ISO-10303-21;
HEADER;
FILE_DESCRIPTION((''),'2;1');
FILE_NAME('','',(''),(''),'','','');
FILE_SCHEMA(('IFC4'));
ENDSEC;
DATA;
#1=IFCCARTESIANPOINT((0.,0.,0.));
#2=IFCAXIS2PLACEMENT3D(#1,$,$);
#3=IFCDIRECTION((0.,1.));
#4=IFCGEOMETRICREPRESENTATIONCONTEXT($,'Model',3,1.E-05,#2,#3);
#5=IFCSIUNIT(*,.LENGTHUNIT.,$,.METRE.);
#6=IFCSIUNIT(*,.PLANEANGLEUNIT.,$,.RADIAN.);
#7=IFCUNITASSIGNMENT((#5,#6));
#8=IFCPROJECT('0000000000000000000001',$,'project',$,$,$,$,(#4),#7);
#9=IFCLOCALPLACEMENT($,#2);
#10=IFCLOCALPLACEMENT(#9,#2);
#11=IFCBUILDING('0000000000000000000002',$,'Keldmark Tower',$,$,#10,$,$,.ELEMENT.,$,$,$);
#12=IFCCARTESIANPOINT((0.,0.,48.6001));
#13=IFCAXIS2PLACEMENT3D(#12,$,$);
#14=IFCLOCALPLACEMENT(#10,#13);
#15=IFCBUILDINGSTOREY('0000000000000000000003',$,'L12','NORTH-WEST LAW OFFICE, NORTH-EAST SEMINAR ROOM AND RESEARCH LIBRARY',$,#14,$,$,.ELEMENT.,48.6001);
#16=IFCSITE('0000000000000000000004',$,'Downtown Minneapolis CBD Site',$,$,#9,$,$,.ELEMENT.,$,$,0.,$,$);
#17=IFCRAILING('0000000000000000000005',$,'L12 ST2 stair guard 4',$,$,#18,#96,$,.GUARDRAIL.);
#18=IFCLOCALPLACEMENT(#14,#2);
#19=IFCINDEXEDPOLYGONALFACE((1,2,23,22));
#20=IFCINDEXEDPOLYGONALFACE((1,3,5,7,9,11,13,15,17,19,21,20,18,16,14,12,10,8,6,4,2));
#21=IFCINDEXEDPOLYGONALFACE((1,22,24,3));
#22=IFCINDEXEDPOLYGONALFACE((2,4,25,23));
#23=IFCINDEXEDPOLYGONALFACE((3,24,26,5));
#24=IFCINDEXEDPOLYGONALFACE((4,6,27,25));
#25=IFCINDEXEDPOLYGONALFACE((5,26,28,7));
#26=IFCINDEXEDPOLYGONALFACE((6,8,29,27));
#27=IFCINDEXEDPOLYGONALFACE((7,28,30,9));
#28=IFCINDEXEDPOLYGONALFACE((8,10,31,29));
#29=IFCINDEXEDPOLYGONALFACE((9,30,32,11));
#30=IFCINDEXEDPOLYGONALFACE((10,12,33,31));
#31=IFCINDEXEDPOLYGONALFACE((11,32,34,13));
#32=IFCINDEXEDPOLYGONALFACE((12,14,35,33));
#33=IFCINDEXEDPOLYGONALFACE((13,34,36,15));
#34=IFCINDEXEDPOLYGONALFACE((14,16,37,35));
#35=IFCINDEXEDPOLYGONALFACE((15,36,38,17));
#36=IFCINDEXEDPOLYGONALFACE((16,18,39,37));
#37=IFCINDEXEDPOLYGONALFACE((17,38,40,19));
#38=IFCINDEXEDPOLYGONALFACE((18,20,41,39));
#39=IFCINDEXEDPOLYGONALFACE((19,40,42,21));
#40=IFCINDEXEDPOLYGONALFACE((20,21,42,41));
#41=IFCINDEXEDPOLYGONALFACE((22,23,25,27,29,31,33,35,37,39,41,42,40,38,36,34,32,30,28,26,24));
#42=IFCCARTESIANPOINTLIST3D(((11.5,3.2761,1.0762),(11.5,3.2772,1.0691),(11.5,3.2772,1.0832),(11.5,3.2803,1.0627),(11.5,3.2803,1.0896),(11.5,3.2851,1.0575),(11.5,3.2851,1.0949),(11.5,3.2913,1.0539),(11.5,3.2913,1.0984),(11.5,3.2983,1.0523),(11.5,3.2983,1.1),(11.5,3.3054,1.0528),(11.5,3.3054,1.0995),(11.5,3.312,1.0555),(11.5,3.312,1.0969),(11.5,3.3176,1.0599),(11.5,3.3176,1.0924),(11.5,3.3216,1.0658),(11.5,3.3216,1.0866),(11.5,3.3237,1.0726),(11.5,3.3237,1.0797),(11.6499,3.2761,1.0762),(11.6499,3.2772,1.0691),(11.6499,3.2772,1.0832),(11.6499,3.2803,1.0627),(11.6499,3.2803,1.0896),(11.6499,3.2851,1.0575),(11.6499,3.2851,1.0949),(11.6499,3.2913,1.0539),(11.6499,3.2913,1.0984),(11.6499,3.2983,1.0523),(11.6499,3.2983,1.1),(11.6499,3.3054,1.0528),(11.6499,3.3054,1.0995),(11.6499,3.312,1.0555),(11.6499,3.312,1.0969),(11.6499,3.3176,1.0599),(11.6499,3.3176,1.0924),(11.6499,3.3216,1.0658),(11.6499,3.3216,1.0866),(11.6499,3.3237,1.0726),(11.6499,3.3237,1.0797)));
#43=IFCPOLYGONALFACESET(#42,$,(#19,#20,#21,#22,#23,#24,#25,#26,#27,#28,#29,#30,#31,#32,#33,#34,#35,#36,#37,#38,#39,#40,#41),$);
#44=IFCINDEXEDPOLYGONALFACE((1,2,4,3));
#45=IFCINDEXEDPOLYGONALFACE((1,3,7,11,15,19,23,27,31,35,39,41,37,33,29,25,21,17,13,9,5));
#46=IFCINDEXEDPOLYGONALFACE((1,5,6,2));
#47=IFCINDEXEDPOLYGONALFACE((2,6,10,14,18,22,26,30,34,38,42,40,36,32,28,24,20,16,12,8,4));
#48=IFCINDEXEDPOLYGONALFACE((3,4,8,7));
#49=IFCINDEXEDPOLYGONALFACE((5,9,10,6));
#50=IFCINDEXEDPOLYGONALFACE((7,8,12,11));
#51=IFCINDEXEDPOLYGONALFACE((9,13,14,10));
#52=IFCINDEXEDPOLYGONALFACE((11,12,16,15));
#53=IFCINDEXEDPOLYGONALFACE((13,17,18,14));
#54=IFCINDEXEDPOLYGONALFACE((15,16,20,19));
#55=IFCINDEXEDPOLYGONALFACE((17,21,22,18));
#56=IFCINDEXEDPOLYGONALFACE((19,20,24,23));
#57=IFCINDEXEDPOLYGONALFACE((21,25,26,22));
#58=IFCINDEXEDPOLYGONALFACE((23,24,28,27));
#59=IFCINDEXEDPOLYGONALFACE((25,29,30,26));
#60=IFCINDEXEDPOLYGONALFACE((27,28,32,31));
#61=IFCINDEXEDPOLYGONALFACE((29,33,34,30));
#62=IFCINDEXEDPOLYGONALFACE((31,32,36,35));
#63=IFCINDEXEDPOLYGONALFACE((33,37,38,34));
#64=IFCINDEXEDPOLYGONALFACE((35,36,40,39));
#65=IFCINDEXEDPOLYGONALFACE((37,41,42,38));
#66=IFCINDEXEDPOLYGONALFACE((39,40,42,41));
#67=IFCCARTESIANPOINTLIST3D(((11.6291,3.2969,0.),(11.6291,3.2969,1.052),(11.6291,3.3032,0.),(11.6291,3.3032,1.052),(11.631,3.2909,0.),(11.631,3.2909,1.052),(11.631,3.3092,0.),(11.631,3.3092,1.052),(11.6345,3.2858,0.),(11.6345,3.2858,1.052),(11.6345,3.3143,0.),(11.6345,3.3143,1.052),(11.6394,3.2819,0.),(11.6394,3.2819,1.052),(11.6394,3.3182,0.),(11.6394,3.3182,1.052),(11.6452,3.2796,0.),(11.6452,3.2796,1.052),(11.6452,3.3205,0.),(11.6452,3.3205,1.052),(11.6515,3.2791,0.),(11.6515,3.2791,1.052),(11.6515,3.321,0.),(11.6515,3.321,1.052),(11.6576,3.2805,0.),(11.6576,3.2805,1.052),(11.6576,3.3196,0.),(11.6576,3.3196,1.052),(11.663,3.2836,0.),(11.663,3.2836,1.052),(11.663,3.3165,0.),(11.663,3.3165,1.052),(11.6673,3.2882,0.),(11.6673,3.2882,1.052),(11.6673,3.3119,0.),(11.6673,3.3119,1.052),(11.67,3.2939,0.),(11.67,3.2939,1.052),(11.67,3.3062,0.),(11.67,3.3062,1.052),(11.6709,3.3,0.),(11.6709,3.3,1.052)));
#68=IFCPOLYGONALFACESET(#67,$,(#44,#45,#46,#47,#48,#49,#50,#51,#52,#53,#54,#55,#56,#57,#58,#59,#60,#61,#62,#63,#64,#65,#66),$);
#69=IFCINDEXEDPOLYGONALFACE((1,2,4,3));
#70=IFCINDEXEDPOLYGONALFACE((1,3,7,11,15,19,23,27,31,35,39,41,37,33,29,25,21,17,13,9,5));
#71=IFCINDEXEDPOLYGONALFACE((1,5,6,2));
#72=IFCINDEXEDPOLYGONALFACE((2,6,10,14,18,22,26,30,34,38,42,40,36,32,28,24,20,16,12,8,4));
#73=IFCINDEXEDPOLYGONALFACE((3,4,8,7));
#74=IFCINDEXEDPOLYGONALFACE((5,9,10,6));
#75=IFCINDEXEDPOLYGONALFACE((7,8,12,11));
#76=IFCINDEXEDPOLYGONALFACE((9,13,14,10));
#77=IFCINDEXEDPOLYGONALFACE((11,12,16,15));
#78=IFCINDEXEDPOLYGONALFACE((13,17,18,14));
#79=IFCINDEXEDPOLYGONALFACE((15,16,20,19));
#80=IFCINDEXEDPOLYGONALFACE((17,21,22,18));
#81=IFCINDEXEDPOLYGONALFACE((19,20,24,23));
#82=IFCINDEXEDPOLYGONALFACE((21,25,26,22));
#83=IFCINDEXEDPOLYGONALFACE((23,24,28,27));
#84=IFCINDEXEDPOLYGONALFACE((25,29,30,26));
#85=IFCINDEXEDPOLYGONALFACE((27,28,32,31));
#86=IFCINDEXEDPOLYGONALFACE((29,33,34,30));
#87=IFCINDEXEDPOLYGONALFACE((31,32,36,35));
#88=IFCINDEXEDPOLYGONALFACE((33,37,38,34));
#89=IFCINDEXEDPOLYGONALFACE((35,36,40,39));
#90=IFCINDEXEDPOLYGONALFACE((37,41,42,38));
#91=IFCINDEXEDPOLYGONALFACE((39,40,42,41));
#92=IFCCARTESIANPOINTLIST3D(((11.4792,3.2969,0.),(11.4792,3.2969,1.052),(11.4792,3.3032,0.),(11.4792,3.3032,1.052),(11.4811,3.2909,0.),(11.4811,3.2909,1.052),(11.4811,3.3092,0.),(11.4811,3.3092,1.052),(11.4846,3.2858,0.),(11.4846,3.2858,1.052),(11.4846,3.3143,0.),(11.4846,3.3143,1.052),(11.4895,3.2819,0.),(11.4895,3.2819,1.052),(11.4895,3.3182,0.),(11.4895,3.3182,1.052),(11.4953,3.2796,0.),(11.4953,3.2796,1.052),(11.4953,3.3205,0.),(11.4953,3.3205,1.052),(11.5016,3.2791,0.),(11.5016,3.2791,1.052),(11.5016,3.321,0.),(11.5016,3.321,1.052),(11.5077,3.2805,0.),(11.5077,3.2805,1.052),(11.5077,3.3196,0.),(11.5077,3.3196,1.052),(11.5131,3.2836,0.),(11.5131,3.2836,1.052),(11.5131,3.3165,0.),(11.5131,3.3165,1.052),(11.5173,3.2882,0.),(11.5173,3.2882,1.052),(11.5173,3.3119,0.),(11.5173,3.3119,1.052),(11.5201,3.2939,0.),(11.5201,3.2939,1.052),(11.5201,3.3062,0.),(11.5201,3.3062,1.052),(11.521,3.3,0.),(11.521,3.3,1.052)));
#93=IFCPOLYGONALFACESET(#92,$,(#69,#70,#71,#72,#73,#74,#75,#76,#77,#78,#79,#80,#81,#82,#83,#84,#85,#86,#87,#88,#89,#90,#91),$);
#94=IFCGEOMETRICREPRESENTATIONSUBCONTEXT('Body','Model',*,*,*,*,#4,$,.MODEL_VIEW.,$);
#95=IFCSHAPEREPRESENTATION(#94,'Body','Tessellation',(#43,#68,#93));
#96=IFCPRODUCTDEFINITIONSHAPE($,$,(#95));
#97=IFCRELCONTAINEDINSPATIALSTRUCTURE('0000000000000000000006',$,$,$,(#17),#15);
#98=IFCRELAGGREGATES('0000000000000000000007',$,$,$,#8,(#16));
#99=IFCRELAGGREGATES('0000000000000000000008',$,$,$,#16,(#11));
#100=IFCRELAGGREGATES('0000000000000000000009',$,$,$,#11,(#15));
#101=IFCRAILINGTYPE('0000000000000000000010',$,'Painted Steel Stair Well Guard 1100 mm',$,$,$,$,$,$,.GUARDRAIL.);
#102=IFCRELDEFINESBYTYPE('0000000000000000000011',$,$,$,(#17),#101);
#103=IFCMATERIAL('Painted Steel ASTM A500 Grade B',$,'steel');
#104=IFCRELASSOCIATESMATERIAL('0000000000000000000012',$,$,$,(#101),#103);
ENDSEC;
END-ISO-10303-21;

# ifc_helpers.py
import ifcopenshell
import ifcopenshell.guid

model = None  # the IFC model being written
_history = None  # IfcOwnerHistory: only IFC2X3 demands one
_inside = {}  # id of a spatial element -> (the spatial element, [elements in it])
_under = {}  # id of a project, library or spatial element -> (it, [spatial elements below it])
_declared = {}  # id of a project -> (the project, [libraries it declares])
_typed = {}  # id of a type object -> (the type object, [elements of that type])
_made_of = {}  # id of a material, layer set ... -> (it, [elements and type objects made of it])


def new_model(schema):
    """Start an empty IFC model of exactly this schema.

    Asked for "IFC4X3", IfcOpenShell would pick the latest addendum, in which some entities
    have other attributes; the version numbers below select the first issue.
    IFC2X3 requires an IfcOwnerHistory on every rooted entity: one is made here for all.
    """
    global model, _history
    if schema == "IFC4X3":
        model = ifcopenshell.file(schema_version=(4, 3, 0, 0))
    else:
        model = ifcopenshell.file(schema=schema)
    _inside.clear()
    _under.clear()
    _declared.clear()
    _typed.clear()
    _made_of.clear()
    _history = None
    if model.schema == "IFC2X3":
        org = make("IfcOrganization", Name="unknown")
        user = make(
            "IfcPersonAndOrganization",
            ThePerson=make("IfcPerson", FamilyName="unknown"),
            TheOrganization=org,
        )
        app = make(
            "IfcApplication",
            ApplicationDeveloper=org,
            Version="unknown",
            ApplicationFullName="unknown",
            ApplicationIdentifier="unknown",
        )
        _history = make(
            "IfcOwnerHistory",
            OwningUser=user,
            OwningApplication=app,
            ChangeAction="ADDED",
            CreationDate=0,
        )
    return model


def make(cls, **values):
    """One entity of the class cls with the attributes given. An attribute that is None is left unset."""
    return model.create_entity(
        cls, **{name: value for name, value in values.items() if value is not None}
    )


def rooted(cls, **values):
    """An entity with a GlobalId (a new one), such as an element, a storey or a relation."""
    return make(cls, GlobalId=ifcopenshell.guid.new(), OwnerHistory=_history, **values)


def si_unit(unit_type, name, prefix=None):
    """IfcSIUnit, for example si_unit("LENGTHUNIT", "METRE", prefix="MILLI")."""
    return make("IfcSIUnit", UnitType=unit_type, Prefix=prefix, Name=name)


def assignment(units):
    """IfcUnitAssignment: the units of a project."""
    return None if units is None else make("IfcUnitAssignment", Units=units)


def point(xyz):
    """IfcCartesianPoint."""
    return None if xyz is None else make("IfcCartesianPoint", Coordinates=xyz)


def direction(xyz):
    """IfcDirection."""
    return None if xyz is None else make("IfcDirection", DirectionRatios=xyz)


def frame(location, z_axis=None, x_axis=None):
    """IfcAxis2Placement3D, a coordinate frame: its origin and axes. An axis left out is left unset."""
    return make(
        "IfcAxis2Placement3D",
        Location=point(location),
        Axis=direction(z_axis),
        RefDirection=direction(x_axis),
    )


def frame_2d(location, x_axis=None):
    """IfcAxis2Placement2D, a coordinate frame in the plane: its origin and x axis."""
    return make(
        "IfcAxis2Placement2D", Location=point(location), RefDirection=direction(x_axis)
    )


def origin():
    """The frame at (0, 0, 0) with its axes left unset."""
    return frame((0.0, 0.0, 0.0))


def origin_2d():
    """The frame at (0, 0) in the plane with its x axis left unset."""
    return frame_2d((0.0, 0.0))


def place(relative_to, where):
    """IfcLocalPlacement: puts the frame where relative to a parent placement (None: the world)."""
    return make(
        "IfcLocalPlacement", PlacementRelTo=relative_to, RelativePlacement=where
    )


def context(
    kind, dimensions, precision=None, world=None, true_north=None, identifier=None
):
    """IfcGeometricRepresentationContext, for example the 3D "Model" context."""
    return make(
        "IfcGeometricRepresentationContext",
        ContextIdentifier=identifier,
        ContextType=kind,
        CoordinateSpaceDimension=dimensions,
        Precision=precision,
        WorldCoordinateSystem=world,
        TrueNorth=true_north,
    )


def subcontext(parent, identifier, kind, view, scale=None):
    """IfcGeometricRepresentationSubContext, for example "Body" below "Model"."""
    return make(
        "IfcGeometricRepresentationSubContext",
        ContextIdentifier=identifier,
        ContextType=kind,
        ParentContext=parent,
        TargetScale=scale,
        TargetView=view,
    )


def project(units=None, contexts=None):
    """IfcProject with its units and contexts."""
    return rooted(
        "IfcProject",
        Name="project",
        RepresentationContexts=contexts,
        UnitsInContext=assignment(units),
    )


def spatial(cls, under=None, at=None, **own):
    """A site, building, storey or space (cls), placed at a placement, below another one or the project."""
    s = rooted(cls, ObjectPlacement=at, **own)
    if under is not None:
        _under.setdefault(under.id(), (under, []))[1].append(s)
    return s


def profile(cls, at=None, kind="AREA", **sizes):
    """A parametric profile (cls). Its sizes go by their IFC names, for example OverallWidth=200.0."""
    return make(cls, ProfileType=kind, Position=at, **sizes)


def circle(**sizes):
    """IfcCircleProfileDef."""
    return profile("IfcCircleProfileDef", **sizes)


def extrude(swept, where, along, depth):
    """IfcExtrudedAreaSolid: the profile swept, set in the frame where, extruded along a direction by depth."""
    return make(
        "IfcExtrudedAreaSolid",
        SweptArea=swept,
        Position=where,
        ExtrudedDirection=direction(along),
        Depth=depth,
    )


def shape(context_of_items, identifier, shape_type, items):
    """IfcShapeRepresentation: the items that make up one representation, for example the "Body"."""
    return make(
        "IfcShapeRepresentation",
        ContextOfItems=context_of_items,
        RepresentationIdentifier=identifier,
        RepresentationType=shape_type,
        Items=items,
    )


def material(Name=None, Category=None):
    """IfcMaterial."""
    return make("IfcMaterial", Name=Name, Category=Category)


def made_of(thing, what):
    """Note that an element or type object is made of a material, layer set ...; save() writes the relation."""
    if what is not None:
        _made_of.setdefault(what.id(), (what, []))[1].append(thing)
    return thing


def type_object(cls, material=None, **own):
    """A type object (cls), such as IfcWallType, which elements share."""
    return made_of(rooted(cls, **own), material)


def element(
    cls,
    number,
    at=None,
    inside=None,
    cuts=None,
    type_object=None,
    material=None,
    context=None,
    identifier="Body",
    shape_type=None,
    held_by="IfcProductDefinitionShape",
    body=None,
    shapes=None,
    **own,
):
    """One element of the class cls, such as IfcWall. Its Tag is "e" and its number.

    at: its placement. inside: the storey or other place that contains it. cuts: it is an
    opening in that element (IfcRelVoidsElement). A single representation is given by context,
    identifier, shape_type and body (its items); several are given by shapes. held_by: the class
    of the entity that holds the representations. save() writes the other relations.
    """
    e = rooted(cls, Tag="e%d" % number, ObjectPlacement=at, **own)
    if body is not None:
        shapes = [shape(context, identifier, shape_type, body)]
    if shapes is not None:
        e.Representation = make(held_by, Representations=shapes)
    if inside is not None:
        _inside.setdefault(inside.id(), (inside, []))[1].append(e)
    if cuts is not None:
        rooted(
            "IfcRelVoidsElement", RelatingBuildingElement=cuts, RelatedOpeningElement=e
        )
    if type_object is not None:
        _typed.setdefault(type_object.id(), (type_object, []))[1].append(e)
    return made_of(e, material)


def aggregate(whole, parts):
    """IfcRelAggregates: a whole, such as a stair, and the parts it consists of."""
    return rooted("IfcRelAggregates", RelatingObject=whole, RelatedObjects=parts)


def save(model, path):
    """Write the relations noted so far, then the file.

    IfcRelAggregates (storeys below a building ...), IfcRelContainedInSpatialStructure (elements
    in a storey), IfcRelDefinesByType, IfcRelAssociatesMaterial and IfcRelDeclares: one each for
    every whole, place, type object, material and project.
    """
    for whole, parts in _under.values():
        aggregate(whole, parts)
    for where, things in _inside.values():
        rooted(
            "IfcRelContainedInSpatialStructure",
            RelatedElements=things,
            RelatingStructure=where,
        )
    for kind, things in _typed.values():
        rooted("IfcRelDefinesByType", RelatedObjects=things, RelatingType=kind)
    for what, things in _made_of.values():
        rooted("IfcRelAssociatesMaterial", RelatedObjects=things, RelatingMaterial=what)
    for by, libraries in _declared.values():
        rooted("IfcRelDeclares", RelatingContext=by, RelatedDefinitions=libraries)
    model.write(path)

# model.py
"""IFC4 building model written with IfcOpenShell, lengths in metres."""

from ifc_helpers import new_model, si_unit, direction, frame, origin, origin_2d, place, context, subcontext, project, spatial, circle, extrude, material, type_object, element, save


model = new_model("IFC4")

# Units and contexts
model_context = context("Model", 3, precision=1e-05, world=origin(), true_north=direction((0.0, 1.0)))
body_context = subcontext(model_context, "Body", "Model", "MODEL_VIEW")
ifc_project = project(units=[si_unit("LENGTHUNIT", "METRE"), si_unit("PLANEANGLEUNIT", "RADIAN")], contexts=[model_context])

# Site, building, storey
site_placement = place(None, origin())
site = spatial("IfcSite", under=ifc_project, at=site_placement, Name="Downtown Minneapolis CBD Site", CompositionType="ELEMENT", RefElevation=0.0)
building_placement = place(site_placement, origin())
building = spatial("IfcBuilding", under=site, at=building_placement, Name="Keldmark Tower", CompositionType="ELEMENT")
storey_placement = place(building_placement, frame((0.0, 0.0, 48.6001)))
storey = spatial("IfcBuildingStorey", under=building, at=storey_placement, Name="L12", Description="NORTH-WEST LAW OFFICE, NORTH-EAST SEMINAR ROOM AND RESEARCH LIBRARY", CompositionType="ELEMENT", Elevation=48.6001)

# Railing
ifc_material_1 = material(Name="Painted Steel ASTM A500 Grade B", Category="steel")
railing_type_1 = type_object("IfcRailingType", Name="Painted Steel Stair Well Guard 1100 mm", PredefinedType="GUARDRAIL", material=ifc_material_1)
railing_1_placement = place(storey_placement, frame((11.6499, 3.3, 0.0)))
element("IfcRailing", 1, at=railing_1_placement, inside=storey, type_object=railing_type_1, Name="L12 ST2 stair guard 4", PredefinedType="GUARDRAIL", context=body_context, shape_type="SweptSolid", body=[
    extrude(circle(Radius=0.0239, at=origin_2d()), frame((0.0, 0.0, 1.0762), z_axis=(-1.0, 0.0, 0.0), x_axis=(0.0, -1.0, 0.0)), (0.0, 0.0, 1.0), 0.1499),
    extrude(circle(Radius=0.021, at=origin_2d()), origin(), (0.0, 0.0, 1.0), 1.052),
    extrude(circle(Radius=0.021, at=origin_2d()), frame((-0.1499, 0.0, 0.0)), (0.0, 0.0, 1.0), 1.052),
])

save(model, "model.ifc")
